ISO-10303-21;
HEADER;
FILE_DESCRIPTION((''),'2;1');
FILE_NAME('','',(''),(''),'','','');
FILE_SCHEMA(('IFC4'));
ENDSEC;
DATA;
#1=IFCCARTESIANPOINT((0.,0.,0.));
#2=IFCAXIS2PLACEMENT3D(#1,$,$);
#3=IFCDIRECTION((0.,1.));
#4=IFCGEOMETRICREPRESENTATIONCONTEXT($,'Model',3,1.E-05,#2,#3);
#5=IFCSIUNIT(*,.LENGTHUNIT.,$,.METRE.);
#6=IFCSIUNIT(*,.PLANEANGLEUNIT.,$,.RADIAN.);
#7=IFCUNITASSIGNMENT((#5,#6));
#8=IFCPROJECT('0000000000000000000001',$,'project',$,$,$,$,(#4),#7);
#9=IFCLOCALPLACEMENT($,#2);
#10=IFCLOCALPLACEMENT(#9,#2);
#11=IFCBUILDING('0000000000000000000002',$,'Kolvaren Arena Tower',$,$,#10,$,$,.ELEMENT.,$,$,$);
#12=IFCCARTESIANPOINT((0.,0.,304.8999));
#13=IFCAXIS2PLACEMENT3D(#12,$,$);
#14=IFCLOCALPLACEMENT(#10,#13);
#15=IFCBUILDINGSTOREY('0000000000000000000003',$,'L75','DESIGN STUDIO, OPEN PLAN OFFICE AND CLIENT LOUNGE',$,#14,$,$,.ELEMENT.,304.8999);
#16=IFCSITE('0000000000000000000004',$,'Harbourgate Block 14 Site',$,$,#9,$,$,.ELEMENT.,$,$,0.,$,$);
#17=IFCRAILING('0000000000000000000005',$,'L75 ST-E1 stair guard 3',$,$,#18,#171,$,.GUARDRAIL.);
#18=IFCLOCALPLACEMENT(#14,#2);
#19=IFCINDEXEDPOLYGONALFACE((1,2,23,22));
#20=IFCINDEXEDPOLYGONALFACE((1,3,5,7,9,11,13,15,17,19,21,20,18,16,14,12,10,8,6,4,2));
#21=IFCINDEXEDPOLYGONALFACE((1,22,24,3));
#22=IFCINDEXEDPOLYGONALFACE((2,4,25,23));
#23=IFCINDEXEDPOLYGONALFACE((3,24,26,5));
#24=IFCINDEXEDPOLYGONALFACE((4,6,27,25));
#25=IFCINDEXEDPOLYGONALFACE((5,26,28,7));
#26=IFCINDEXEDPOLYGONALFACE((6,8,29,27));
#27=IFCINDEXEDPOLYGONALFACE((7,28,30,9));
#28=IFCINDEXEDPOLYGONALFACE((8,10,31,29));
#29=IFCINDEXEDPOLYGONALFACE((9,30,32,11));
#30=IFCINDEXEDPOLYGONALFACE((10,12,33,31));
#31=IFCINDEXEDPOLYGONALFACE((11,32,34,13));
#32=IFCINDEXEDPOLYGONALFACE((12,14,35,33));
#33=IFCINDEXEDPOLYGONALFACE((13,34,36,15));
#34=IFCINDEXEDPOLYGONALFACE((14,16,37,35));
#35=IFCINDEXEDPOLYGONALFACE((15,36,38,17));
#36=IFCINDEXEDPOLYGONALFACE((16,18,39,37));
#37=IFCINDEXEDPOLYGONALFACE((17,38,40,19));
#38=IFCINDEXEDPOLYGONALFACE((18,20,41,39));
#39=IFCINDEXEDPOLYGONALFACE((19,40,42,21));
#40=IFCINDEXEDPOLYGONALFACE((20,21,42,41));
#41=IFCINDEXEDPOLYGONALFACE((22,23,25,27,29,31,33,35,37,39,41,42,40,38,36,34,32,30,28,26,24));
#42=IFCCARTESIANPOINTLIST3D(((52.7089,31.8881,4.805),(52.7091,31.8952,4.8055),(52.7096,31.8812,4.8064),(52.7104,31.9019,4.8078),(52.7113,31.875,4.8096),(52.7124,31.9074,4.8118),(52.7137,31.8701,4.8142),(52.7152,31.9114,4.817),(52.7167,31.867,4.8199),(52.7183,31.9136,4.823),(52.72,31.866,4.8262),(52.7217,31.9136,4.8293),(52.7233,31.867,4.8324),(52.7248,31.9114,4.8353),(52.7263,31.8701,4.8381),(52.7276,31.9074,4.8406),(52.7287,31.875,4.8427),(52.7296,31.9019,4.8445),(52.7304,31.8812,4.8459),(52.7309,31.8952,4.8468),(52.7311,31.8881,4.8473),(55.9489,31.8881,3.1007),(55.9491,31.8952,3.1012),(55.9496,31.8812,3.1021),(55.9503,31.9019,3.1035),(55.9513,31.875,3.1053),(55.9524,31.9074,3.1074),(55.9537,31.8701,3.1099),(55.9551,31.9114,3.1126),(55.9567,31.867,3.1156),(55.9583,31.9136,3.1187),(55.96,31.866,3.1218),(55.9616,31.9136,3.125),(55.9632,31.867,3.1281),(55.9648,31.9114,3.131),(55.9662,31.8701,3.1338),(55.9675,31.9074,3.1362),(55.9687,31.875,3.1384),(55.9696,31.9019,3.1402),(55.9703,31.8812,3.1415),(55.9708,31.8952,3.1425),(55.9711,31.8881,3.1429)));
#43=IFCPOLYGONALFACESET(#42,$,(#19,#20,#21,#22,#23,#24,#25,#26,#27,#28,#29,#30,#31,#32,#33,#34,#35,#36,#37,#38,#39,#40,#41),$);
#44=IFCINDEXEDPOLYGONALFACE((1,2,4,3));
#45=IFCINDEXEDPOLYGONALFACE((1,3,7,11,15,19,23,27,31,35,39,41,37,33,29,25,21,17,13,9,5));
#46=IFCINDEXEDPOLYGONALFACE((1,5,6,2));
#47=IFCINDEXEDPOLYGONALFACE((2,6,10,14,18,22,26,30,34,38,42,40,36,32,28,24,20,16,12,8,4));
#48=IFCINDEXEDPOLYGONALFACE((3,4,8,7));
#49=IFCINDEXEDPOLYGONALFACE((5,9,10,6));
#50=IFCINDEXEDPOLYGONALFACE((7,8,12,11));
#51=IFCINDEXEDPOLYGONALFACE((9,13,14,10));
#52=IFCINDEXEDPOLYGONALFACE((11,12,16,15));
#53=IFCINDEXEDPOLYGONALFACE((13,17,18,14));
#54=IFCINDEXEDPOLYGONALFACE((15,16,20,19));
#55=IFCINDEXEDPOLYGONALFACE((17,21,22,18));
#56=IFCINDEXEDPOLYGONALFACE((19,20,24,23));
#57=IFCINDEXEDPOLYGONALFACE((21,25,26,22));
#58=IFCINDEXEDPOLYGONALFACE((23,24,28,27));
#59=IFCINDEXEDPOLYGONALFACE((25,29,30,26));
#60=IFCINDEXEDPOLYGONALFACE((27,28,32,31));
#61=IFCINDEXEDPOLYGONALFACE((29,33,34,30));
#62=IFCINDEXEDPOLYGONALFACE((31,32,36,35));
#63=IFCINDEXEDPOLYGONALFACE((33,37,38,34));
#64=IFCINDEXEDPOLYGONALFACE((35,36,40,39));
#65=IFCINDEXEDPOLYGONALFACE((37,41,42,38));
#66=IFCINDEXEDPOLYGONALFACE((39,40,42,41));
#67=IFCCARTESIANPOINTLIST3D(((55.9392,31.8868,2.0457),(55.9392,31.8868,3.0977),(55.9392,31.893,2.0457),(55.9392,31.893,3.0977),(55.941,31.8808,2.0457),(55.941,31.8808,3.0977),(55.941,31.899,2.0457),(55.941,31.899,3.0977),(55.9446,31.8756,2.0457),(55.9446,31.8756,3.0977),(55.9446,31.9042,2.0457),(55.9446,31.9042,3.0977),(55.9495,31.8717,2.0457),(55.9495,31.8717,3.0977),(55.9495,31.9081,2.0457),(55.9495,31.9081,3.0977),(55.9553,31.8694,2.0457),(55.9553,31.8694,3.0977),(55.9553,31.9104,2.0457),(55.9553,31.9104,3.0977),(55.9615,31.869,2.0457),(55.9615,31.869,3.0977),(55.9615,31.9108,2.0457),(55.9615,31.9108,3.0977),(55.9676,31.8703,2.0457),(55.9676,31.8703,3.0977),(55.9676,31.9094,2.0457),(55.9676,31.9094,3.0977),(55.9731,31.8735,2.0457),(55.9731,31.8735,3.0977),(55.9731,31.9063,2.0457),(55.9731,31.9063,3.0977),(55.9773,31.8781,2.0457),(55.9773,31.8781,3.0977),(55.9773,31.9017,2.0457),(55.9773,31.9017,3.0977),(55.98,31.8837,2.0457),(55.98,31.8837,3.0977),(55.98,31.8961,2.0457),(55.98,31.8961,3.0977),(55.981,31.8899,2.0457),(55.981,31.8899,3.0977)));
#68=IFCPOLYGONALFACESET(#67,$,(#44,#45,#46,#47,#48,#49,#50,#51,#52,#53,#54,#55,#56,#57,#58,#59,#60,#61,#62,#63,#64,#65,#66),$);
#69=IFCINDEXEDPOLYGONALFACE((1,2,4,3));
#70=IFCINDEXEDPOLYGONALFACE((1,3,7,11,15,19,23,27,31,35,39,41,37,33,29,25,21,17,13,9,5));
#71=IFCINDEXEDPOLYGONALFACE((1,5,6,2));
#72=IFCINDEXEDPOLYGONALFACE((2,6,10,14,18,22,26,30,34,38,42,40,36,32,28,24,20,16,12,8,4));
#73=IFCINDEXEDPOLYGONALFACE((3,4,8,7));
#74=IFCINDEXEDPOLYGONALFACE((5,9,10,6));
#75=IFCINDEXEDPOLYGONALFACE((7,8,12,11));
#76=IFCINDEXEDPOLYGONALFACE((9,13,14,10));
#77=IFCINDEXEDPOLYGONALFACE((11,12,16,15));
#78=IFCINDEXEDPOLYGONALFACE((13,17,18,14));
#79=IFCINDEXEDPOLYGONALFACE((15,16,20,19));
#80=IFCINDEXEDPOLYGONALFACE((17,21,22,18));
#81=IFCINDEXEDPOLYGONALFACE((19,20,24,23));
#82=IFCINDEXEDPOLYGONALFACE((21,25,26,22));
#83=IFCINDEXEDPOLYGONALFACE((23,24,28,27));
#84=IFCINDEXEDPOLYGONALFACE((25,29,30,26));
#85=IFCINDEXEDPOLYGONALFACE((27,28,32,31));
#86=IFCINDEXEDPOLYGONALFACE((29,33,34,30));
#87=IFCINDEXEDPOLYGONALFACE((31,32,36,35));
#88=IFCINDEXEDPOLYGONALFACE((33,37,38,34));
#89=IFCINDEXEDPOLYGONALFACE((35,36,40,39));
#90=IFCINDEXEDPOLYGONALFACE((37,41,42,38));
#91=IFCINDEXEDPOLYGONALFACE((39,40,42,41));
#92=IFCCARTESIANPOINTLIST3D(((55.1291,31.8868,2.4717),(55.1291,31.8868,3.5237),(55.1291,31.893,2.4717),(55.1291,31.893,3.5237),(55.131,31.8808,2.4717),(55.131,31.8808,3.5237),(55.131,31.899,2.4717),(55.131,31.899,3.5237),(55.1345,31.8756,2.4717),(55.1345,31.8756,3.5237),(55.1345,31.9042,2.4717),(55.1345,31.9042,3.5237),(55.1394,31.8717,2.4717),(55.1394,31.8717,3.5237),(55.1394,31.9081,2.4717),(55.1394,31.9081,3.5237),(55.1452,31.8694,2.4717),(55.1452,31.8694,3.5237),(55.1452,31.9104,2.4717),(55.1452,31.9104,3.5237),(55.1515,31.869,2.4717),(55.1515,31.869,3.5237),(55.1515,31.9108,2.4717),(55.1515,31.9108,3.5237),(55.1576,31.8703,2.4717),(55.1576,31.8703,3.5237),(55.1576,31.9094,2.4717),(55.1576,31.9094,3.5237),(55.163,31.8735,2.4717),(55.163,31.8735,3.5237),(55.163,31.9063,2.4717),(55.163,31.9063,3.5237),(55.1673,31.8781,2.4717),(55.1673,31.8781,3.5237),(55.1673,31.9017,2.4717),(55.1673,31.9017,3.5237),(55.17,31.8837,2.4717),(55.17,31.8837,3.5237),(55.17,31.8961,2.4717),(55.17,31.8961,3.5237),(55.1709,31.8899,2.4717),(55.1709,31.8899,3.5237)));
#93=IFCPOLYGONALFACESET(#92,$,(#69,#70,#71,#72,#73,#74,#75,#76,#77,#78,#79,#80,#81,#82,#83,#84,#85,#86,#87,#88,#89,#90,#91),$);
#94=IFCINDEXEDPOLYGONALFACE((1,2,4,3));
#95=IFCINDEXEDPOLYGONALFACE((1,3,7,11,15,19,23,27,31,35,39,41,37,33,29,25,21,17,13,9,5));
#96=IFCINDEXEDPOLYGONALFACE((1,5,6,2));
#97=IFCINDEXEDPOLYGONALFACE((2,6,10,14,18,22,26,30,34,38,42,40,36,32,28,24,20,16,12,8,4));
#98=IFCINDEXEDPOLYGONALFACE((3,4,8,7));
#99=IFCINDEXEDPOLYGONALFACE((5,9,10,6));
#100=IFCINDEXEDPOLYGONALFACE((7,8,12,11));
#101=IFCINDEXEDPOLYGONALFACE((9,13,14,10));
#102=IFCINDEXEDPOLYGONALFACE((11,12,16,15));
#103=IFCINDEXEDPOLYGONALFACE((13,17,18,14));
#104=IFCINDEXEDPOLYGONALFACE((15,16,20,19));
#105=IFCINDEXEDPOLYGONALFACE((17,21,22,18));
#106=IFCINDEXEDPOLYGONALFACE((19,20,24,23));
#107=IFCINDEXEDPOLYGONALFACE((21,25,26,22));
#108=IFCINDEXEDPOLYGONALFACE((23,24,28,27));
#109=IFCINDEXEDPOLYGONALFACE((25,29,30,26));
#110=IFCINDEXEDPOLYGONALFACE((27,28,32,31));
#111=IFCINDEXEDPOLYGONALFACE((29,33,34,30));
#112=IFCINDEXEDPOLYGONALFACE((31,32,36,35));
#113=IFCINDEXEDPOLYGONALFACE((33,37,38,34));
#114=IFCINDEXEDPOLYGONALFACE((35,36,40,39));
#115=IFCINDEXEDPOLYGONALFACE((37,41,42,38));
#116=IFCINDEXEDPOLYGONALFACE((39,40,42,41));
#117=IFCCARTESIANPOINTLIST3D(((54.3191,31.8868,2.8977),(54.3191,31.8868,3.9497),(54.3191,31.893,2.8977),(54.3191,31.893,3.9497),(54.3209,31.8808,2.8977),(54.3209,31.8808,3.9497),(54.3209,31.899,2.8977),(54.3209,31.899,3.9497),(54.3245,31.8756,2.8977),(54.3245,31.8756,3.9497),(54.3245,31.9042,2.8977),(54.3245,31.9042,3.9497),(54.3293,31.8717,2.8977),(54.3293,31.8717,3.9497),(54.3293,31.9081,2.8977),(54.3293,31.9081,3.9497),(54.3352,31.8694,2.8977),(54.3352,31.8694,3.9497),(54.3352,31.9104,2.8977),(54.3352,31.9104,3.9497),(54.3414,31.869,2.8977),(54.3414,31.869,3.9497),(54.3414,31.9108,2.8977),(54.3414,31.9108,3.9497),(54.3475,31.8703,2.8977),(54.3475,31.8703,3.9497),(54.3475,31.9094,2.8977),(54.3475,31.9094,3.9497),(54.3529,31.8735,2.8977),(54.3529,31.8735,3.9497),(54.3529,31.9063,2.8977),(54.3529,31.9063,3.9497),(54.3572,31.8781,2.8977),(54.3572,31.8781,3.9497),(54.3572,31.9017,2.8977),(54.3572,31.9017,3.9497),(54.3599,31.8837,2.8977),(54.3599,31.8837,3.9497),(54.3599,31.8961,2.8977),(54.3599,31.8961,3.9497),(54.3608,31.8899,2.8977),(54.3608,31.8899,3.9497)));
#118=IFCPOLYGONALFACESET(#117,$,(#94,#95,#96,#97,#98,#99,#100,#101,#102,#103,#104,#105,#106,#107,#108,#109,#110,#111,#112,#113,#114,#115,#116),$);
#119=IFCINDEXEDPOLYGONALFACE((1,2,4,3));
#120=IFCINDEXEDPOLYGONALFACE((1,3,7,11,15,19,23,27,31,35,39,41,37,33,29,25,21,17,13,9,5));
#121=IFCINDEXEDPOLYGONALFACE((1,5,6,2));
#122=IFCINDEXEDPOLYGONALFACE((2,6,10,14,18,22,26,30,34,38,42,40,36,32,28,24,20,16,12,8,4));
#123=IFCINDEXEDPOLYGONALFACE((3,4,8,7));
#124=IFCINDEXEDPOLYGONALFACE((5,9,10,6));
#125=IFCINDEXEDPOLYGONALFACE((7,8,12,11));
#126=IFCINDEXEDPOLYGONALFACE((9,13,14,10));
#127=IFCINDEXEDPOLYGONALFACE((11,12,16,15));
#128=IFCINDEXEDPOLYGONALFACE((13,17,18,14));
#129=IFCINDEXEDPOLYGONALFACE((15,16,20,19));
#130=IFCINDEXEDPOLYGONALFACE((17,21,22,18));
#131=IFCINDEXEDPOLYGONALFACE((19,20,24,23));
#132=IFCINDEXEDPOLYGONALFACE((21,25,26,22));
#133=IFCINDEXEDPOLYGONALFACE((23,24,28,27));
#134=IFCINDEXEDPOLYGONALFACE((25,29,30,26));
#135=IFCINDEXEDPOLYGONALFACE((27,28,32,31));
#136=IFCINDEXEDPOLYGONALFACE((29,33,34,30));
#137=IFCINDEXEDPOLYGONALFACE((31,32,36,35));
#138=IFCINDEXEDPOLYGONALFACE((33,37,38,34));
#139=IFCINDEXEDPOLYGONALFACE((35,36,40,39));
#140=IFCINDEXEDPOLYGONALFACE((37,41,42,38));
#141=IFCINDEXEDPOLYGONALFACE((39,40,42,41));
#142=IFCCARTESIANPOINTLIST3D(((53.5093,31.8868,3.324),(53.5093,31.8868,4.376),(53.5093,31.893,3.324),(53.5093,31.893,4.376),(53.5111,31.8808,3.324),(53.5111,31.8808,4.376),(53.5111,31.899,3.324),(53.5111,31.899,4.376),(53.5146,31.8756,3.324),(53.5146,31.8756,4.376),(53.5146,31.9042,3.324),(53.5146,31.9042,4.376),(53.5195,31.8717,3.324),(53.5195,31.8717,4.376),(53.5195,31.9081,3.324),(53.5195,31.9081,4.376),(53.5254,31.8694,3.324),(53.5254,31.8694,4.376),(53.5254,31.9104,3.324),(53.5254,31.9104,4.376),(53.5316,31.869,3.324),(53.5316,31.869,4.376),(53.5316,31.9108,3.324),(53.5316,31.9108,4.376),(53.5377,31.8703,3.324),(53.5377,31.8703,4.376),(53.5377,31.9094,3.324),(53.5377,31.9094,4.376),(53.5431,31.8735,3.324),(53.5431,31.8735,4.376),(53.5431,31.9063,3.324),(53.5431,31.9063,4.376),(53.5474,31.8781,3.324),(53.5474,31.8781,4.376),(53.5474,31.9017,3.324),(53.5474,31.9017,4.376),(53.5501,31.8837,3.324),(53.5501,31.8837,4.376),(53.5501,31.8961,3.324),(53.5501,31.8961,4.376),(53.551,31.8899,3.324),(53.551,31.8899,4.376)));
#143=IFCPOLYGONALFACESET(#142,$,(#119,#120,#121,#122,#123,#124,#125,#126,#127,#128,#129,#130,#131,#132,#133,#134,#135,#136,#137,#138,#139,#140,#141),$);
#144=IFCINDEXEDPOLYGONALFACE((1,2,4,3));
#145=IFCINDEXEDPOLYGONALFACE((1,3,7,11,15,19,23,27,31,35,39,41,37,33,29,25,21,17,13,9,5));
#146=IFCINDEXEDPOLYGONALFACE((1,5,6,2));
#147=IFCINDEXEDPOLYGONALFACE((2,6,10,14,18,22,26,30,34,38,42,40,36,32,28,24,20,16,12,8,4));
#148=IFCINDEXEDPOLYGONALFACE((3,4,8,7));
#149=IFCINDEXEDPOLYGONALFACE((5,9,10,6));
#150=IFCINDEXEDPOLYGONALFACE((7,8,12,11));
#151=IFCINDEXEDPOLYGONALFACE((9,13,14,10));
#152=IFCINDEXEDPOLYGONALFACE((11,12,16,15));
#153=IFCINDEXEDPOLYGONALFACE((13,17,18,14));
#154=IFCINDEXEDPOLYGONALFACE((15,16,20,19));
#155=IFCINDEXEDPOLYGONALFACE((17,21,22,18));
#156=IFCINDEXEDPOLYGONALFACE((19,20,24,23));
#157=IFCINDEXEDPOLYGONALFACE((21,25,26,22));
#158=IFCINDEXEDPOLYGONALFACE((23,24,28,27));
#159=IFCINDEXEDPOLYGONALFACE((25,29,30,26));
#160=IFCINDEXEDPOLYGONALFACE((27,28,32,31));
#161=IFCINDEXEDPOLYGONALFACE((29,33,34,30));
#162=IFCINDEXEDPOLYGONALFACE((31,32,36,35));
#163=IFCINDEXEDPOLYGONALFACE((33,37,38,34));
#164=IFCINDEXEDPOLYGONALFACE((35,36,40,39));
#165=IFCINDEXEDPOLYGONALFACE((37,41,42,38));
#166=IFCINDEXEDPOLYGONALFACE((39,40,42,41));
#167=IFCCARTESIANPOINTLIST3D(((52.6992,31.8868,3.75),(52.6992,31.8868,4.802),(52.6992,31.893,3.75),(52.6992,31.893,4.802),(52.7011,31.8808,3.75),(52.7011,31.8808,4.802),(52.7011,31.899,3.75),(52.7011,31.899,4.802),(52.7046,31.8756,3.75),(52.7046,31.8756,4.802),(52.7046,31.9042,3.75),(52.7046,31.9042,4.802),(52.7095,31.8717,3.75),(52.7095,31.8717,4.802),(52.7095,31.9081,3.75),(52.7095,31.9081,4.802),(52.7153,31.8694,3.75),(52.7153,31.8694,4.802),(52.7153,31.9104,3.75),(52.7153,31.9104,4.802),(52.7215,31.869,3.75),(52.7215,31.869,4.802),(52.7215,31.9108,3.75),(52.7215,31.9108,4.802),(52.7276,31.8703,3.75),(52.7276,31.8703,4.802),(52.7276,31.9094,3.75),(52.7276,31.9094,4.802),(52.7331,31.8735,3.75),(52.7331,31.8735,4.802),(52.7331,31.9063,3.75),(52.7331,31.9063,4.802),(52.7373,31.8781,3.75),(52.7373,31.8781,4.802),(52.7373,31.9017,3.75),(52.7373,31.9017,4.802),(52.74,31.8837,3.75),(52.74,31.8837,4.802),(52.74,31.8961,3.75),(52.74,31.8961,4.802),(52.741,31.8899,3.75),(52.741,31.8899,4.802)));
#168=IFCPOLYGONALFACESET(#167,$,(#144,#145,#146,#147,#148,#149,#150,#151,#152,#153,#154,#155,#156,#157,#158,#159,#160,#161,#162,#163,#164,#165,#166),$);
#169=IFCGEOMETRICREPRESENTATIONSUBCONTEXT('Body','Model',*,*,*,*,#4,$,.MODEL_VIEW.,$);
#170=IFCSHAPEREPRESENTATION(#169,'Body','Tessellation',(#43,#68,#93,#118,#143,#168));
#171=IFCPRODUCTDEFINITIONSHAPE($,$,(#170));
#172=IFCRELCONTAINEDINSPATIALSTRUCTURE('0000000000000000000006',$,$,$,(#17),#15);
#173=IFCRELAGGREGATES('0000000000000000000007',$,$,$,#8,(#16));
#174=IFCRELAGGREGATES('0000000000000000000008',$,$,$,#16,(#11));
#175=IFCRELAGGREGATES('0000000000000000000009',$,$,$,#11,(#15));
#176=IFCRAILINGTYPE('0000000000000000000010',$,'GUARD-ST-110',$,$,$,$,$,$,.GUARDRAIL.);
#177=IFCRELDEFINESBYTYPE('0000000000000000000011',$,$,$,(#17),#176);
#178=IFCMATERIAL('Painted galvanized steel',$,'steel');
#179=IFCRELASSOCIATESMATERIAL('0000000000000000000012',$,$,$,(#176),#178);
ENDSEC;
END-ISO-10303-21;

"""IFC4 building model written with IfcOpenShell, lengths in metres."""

from ifc_helpers import new_model, si_unit, direction, frame, origin, origin_2d, place, context, subcontext, project, spatial, circle, extrude, material, type_object, element, save


model = new_model("IFC4")

# Units and contexts
model_context = context("Model", 3, precision=1e-05, world=origin(), true_north=direction((0.0, 1.0)))
body_context = subcontext(model_context, "Body", "Model", "MODEL_VIEW")
ifc_project = project(units=[si_unit("LENGTHUNIT", "METRE"), si_unit("PLANEANGLEUNIT", "RADIAN")], contexts=[model_context])

# Site, building, storey
site_placement = place(None, origin())
site = spatial("IfcSite", under=ifc_project, at=site_placement, Name="Harbourgate Block 14 Site", CompositionType="ELEMENT", RefElevation=0.0)
building_placement = place(site_placement, origin())
building = spatial("IfcBuilding", under=site, at=building_placement, Name="Kolvaren Arena Tower", CompositionType="ELEMENT")
storey_placement = place(building_placement, frame((0.0, 0.0, 304.8999)))
storey = spatial("IfcBuildingStorey", under=building, at=storey_placement, Name="L75", Description="DESIGN STUDIO, OPEN PLAN OFFICE AND CLIENT LOUNGE", CompositionType="ELEMENT", Elevation=304.8999)

# Railing
ifc_material_1 = material(Name="Painted galvanized steel", Category="steel")
railing_type_1 = type_object("IfcRailingType", Name="GUARD-ST-110", PredefinedType="GUARDRAIL", material=ifc_material_1)
railing_1_placement = place(storey_placement, frame((55.96, 31.8899, 2.0457)))
element("IfcRailing", 1, at=railing_1_placement, inside=storey, type_object=railing_type_1, Name="L75 ST-E1 stair guard 3", PredefinedType="GUARDRAIL", context=body_context, shape_type="SweptSolid", body=[
    extrude(circle(Radius=0.0239, at=origin_2d()), frame((0.0, 0.0, 1.0762), z_axis=(-0.885021, 0.0, 0.465551), x_axis=(0.0, -1.0, 0.0)), (0.0, 0.0, 1.0), 3.6609),
    extrude(circle(Radius=0.021, at=origin_2d()), origin(), (0.0, 0.0, 1.0), 1.052),
    extrude(circle(Radius=0.021, at=origin_2d()), frame((-0.8101, 0.0, 0.426)), (0.0, 0.0, 1.0), 1.052),
    extrude(circle(Radius=0.021, at=origin_2d()), frame((-1.6201, 0.0, 0.8521)), (0.0, 0.0, 1.0), 1.052),
    extrude(circle(Radius=0.021, at=origin_2d()), frame((-2.4299, 0.0, 1.2783)), (0.0, 0.0, 1.0), 1.052),
    extrude(circle(Radius=0.021, at=origin_2d()), frame((-3.24, 0.0, 1.7043)), (0.0, 0.0, 1.0), 1.052),
])

save(model, "model.ifc")
